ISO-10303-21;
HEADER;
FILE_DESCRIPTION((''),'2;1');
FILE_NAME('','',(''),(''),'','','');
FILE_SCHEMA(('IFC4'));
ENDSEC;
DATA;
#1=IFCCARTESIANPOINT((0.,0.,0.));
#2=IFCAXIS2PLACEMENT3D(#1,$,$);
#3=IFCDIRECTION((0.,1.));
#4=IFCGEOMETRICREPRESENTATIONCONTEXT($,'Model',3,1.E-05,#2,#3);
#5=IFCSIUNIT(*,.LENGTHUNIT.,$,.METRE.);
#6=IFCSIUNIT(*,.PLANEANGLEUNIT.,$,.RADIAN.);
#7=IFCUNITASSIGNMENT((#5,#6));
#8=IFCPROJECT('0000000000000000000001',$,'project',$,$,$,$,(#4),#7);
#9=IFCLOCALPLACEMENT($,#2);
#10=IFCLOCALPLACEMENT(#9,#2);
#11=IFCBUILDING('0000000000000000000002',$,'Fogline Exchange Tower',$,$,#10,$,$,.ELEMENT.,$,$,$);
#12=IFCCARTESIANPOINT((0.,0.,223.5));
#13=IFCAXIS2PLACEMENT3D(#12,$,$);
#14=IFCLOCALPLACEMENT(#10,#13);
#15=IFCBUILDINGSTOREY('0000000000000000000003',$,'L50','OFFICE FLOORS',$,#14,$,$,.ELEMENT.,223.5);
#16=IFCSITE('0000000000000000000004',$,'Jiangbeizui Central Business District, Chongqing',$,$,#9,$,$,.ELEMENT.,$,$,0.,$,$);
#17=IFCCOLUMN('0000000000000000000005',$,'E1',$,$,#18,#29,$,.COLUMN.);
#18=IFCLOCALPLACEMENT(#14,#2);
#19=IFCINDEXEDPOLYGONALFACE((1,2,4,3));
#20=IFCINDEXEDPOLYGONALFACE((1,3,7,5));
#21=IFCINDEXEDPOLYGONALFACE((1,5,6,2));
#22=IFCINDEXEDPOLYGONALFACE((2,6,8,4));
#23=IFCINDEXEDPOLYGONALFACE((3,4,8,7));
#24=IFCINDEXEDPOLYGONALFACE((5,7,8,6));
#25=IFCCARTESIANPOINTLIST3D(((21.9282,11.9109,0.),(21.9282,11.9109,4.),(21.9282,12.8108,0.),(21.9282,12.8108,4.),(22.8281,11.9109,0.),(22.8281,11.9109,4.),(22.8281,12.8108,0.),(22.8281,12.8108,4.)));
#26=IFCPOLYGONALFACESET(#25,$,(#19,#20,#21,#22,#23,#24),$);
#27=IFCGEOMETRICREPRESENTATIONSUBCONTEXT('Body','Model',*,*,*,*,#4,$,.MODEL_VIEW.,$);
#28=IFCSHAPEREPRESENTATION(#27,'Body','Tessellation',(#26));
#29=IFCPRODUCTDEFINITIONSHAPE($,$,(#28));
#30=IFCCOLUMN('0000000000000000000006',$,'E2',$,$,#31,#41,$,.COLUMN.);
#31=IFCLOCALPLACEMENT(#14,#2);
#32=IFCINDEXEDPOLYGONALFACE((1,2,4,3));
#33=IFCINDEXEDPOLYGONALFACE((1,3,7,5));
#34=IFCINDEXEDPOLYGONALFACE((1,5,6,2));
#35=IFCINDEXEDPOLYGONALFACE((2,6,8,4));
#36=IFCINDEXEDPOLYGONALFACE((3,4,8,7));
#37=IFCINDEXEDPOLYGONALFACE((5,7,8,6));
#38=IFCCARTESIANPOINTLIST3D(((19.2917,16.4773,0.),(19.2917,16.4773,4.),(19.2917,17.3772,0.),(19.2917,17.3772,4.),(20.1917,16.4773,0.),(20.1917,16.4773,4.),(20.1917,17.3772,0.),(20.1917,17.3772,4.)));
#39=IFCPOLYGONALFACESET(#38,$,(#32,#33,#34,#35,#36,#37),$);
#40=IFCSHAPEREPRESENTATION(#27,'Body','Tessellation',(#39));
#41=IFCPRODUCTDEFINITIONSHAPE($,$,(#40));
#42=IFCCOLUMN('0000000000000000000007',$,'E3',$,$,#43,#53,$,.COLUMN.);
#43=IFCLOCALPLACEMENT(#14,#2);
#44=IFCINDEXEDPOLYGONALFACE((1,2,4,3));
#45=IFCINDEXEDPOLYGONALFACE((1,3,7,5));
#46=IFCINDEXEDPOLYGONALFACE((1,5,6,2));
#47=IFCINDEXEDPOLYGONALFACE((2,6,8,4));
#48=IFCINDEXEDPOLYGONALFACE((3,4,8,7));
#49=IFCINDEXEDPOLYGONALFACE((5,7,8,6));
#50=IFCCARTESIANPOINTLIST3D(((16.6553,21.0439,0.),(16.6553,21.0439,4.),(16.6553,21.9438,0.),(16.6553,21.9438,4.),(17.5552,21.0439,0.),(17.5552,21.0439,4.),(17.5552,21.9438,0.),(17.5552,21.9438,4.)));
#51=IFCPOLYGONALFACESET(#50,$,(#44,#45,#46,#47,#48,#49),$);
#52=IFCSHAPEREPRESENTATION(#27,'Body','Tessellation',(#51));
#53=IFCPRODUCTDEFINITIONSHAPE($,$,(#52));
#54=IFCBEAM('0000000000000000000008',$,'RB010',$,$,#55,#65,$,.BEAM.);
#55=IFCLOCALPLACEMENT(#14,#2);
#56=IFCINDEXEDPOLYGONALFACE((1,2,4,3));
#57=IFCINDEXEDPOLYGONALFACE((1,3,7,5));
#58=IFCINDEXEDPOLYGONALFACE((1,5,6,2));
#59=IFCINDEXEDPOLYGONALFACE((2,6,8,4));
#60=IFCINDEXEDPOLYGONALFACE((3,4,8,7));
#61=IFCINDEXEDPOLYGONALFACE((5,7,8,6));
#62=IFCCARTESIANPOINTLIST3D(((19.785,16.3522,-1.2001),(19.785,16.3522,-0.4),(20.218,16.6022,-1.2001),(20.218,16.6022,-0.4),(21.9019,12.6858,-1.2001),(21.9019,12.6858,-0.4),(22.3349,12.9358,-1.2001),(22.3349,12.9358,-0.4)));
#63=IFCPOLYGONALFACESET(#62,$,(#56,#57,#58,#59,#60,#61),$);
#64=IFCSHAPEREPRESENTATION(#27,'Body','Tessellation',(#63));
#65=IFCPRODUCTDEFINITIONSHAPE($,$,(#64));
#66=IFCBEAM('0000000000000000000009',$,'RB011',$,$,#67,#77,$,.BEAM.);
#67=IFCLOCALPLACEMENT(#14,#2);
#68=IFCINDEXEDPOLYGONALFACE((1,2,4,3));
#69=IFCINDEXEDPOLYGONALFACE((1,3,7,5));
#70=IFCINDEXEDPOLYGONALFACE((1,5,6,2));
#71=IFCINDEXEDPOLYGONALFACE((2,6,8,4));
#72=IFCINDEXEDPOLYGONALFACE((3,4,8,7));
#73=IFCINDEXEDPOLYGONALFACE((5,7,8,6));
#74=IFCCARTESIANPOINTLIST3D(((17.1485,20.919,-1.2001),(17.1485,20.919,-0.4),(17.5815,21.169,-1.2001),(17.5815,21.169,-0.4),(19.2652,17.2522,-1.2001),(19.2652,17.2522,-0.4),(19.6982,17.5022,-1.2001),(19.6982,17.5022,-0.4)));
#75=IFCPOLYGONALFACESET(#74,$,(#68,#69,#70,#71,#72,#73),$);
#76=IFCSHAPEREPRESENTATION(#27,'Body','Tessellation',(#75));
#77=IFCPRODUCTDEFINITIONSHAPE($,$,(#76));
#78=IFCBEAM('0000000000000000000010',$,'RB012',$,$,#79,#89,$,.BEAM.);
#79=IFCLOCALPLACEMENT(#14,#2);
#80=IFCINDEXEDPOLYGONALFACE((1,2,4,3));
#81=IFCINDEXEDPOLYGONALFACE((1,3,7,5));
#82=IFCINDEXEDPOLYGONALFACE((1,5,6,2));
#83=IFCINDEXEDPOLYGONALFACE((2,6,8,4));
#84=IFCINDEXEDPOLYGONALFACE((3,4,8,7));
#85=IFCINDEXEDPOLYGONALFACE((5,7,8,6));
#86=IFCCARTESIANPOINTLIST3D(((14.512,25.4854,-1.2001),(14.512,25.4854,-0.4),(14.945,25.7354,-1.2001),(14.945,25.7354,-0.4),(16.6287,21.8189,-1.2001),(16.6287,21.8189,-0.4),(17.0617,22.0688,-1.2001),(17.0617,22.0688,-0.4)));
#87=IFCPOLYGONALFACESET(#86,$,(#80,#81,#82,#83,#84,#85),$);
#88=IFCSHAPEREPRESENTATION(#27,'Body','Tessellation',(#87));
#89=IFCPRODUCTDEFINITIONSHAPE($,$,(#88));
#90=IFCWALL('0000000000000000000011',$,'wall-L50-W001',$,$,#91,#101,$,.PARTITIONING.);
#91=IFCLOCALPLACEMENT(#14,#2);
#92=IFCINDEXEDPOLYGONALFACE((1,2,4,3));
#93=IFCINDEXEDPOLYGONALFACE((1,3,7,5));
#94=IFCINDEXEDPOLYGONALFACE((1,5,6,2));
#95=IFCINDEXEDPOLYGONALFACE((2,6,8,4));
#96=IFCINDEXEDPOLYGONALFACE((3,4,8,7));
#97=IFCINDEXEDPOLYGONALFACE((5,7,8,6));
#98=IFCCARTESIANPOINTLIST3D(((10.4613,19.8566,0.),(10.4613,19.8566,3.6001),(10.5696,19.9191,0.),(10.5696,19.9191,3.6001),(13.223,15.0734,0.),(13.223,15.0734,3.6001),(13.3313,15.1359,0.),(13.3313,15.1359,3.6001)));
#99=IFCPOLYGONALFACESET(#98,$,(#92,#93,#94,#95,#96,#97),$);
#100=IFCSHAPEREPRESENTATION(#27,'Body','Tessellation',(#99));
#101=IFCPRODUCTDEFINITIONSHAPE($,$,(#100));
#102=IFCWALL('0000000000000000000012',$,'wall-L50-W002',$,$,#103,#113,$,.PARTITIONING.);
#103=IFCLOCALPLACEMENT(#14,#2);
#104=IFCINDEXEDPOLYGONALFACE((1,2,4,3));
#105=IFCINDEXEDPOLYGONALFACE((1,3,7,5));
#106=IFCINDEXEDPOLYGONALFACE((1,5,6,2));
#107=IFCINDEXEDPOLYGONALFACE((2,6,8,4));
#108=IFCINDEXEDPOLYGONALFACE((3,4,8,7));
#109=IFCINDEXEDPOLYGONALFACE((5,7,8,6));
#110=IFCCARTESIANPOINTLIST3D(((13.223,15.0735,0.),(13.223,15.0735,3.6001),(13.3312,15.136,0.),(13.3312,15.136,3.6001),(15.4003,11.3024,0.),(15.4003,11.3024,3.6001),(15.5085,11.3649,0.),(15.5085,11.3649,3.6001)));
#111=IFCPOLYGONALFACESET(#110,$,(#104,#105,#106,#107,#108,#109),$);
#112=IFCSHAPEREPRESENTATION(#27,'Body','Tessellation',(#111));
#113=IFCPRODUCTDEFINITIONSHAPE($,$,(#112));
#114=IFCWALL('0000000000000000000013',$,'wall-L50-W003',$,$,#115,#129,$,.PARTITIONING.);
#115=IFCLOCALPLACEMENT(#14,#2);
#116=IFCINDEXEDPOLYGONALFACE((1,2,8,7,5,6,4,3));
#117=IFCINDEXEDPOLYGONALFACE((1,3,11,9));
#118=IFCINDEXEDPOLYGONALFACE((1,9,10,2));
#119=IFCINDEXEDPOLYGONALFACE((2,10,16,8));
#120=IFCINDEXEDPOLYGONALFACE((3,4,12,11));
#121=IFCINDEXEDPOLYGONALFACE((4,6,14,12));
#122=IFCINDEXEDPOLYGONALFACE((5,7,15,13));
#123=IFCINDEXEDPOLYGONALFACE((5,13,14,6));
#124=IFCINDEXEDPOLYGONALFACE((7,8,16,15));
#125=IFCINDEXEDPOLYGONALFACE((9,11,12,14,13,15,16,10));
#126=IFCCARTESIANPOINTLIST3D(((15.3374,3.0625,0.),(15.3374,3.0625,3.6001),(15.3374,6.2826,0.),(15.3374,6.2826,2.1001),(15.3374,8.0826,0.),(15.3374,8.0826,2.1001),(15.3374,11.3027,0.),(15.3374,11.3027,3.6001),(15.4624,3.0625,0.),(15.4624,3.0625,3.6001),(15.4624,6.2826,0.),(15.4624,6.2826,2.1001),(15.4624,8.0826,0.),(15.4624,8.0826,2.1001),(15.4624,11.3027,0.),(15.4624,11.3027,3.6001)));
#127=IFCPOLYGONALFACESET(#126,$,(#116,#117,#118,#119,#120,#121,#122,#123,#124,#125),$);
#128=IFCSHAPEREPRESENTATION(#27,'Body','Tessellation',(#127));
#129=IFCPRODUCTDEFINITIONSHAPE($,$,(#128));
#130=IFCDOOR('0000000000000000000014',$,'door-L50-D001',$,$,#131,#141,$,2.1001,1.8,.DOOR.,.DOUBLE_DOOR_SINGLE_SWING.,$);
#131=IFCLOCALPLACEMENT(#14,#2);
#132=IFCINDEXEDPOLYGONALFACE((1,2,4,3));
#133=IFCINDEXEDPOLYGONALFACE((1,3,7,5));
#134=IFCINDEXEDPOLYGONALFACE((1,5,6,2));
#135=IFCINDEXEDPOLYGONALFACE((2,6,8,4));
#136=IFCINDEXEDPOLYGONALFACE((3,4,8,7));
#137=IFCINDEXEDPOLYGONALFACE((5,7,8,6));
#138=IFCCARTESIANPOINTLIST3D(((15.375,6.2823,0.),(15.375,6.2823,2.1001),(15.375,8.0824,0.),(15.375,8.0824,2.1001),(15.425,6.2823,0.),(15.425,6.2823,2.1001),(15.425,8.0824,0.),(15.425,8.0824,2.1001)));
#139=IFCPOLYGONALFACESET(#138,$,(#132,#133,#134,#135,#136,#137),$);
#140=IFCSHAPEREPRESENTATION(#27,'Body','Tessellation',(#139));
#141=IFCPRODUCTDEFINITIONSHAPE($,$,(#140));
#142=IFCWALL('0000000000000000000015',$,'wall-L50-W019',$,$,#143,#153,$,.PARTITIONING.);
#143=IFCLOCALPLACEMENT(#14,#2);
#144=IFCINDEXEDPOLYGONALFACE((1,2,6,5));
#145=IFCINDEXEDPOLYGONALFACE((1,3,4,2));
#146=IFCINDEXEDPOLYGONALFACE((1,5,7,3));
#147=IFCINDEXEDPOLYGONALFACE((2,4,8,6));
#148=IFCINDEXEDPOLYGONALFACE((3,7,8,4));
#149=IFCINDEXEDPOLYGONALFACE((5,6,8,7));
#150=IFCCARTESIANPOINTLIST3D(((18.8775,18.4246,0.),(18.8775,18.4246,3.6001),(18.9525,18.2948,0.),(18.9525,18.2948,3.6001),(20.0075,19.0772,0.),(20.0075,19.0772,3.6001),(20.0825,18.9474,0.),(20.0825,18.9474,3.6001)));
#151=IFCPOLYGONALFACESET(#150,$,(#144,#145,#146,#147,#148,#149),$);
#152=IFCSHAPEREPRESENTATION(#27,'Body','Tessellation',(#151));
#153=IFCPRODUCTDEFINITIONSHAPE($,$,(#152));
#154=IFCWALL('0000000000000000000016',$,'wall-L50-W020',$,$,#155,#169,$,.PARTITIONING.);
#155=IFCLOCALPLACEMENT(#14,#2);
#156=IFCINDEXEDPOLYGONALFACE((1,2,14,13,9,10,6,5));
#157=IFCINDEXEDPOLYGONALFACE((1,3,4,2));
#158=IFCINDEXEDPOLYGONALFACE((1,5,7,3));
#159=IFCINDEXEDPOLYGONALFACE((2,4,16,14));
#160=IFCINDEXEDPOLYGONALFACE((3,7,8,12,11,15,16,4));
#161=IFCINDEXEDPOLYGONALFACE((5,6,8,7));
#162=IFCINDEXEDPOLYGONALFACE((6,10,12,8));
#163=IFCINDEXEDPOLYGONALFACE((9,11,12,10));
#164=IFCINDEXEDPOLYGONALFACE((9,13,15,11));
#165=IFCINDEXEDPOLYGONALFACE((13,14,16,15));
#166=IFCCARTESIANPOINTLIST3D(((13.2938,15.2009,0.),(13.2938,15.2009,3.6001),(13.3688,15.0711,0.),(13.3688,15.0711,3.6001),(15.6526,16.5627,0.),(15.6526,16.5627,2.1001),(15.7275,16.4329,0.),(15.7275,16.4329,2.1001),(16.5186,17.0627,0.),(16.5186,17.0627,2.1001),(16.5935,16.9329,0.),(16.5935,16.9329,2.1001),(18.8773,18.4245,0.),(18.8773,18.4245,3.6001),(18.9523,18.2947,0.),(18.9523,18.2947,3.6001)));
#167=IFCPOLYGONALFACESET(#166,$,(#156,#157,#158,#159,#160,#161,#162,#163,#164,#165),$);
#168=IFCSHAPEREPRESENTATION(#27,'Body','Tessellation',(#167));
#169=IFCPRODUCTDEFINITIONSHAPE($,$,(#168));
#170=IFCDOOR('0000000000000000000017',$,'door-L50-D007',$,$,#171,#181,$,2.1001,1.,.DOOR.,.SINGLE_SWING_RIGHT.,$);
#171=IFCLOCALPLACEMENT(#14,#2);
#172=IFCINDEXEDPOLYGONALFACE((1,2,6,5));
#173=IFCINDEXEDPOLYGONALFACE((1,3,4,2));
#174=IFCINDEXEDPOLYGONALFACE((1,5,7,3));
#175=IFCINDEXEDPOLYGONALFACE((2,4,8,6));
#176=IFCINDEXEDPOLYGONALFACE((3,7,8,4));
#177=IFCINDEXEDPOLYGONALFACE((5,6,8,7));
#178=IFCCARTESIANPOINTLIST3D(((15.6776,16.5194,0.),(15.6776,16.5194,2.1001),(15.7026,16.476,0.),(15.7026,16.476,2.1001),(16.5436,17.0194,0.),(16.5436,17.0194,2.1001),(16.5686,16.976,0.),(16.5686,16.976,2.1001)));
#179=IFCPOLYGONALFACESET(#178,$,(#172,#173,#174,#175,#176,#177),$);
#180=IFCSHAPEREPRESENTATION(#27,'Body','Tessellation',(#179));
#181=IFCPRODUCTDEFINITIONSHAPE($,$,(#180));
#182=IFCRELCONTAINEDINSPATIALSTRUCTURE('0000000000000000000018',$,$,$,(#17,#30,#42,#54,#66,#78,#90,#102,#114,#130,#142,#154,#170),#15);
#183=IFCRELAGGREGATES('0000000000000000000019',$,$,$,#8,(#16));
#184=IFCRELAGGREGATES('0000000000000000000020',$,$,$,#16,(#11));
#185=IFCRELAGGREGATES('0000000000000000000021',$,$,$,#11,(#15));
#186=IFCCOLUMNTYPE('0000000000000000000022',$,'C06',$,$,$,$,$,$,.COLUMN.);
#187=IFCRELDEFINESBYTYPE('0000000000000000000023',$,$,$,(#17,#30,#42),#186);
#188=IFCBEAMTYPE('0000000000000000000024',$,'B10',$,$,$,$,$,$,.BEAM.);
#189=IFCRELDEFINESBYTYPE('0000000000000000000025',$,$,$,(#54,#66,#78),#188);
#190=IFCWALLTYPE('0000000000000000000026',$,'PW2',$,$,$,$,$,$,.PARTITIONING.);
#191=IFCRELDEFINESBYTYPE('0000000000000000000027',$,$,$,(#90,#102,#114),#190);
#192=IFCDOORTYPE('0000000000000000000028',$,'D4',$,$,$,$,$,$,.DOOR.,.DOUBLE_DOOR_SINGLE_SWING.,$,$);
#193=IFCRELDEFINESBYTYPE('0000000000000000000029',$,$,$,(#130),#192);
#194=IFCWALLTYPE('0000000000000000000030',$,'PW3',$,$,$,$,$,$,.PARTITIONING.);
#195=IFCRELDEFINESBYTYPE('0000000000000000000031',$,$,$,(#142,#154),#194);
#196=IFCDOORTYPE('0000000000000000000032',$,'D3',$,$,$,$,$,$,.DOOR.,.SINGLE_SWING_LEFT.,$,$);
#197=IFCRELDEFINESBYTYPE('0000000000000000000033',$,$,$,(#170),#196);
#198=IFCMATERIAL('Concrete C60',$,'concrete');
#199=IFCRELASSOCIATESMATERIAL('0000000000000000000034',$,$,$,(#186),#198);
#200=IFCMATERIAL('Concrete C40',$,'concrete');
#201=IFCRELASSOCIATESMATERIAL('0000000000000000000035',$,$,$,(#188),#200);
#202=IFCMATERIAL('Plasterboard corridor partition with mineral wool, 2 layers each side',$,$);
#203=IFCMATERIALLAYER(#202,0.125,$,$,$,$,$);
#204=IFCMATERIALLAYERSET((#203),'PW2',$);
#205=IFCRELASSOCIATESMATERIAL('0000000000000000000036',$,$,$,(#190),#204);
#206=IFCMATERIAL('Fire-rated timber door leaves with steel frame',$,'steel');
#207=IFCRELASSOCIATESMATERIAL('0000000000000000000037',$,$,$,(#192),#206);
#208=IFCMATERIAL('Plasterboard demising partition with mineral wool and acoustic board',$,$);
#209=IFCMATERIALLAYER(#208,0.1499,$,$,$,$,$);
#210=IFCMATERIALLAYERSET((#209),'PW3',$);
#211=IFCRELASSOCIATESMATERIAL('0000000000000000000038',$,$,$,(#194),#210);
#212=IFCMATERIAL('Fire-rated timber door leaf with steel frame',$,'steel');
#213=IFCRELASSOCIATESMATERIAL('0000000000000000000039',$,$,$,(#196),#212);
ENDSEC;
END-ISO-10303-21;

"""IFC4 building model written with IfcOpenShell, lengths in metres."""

from ifc_helpers import new_model, si_unit, direction, frame, frame_2d, origin, origin_2d, place, context, subcontext, project, spatial, rectangle, extrude, material, layer, layer_set, material_profile, profile_set, type_object, element, fill, save


model = new_model("IFC4")

# Units and contexts
model_context = context("Model", 3, precision=1e-05, world=origin(), true_north=direction((0.0, 1.0)))
body_context = subcontext(model_context, "Body", "Model", "MODEL_VIEW")
ifc_project = project(units=[si_unit("LENGTHUNIT", "METRE"), si_unit("PLANEANGLEUNIT", "RADIAN")], contexts=[model_context])

# Site, building, storey
site_placement = place(None, origin())
site = spatial("IfcSite", under=ifc_project, at=site_placement, Name="Jiangbeizui Central Business District, Chongqing", CompositionType="ELEMENT", RefElevation=0.0)
building_placement = place(site_placement, origin())
building = spatial("IfcBuilding", under=site, at=building_placement, Name="Fogline Exchange Tower", CompositionType="ELEMENT")
storey_placement = place(building_placement, frame((0.0, 0.0, 223.5)))
storey = spatial("IfcBuildingStorey", under=building, at=storey_placement, Name="L50", Description="OFFICE FLOORS", CompositionType="ELEMENT", Elevation=223.5)

# Columns
ifc_material_1 = material(Name="Concrete C60", Category="concrete")
ifc_material_profile_1 = material_profile(ifc_material_1, rectangle(XDim=0.8999, YDim=0.8999, at=origin_2d()), Name="RC 900x900")
ifc_profile_set_1 = profile_set([ifc_material_profile_1], Name="Concrete C60")
column_type = type_object("IfcColumnType", Name="C06", PredefinedType="COLUMN", material=ifc_profile_set_1)
for number, where, z_axis, x_axis, name in (
    (1, (22.3782, 12.3608, 0.0), (0.0, 0.0, 1.0), (1.0, 0.0, 0.0), "E1"),
    (2, (19.7417, 16.9272, 0.0), (0.0, 0.0, 1.0), (1.0, 0.0, 0.0), "E2"),
    (3, (17.1052, 21.4939, 0.0), (0.0, 0.0, 1.0), (1.0, 0.0, 0.0), "E3"),
):
    element("IfcColumn", number, at=place(storey_placement, frame(where, z_axis=z_axis, x_axis=x_axis)), inside=storey, type_object=column_type, Name=name, PredefinedType="COLUMN", context=body_context, shape_type="SweptSolid", body=[
        extrude(rectangle(XDim=0.8999, YDim=0.8999, at=origin_2d()), origin(), (0.0, 0.0, 1.0), 4.0),
    ])

# Beams
ifc_material_2 = material(Name="Concrete C40", Category="concrete")
ifc_material_profile_2 = material_profile(ifc_material_2, rectangle(XDim=0.5, YDim=0.8, at=origin_2d()), Name="RC 500x800")
ifc_profile_set_2 = profile_set([ifc_material_profile_2], Name="Concrete C40")
beam_type = type_object("IfcBeamType", Name="B10", PredefinedType="BEAM", material=ifc_profile_set_2)
beam_1_placement = place(storey_placement, frame((22.1184, 12.8108, -0.8), z_axis=(-0.500015, 0.866017, 0.0), x_axis=(-0.866017, -0.500015, 0.0)))
element("IfcBeam", 4, at=beam_1_placement, inside=storey, type_object=beam_type, Name="RB010", PredefinedType="BEAM", context=body_context, shape_type="SweptSolid", body=[
    extrude(rectangle(XDim=0.5, YDim=0.8, at=origin_2d()), origin(), (0.0, 0.0, 1.0), 4.2336),
])
beam_2_placement = place(storey_placement, frame((19.4817, 17.3772, -0.8), z_axis=(-0.499947, 0.866056, 0.0), x_axis=(-0.866056, -0.499947, 0.0)))
element("IfcBeam", 5, at=beam_2_placement, inside=storey, type_object=beam_type, Name="RB011", PredefinedType="BEAM", context=body_context, shape_type="SweptSolid", body=[
    extrude(rectangle(XDim=0.5, YDim=0.8, at=origin_2d()), origin(), (0.0, 0.0, 1.0), 4.2339),
])
beam_3_placement = place(storey_placement, frame((16.8452, 21.9438, -0.8), z_axis=(-0.499972, 0.866042, 0.0), x_axis=(-0.866042, -0.499972, 0.0)))
element("IfcBeam", 6, at=beam_3_placement, inside=storey, type_object=beam_type, Name="RB012", PredefinedType="BEAM", context=body_context, shape_type="SweptSolid", body=[
    extrude(rectangle(XDim=0.5, YDim=0.8, at=origin_2d()), origin(), (0.0, 0.0, 1.0), 4.2336),
])

# Walls
ifc_material_3 = material(Name="Plasterboard corridor partition with mineral wool, 2 layers each side")
ifc_layer_1 = layer(ifc_material_3, 0.125)
ifc_layer_set_1 = layer_set([ifc_layer_1], Name="PW2")
wall_type_1 = type_object("IfcWallType", Name="PW2", PredefinedType="PARTITIONING", material=ifc_layer_set_1)
wall_1_placement = place(storey_placement, frame((10.5154, 19.8879, 0.0), z_axis=(0.0, 0.0, 1.0), x_axis=(0.500018, -0.866015, 0.0)))
element("IfcWall", 7, at=wall_1_placement, inside=storey, type_object=wall_type_1, Name="wall-L50-W001", PredefinedType="PARTITIONING", context=body_context, shape_type="SweptSolid", body=[
    extrude(rectangle(XDim=5.5232, YDim=0.125, at=frame_2d((2.7617, 0.0))), origin(), (0.0, 0.0, 1.0), 3.6001),
])
wall_2_placement = place(storey_placement, frame((13.2771, 15.1047, 0.0), z_axis=(0.0, 0.0, 1.0), x_axis=(0.50001, -0.866019, 0.0)))
element("IfcWall", 8, at=wall_2_placement, inside=storey, type_object=wall_type_1, Name="wall-L50-W002", PredefinedType="PARTITIONING", context=body_context, shape_type="SweptSolid", body=[
    extrude(rectangle(XDim=4.3545, YDim=0.125, at=frame_2d((2.1772, 0.0))), origin(), (0.0, 0.0, 1.0), 3.6001),
])

# Wall, opening, door
wall_3_placement = place(storey_placement, frame((15.3999, 11.3027, 0.0), z_axis=(0.0, 0.0, 1.0), x_axis=(0.0, -1.0, 0.0)))
wall_3 = element("IfcWall", 9, at=wall_3_placement, inside=storey, type_object=wall_type_1, Name="wall-L50-W003", PredefinedType="PARTITIONING", context=body_context, shape_type="SweptSolid", body=[
    extrude(rectangle(XDim=8.2402, YDim=0.125, at=frame_2d((4.1201, 0.0))), origin(), (0.0, 0.0, 1.0), 3.6001),
])
opening_1_placement = place(wall_3_placement, frame((3.2202, 0.0, 0.0)))
opening_1 = element("IfcOpeningElement", 10, at=opening_1_placement, cuts=wall_3, PredefinedType="OPENING", context=body_context, shape_type="SweptSolid", body=[
    extrude(rectangle(XDim=1.8, YDim=2.1001, at=frame_2d((0.8999, 1.05))), frame((0.0, 0.0725, 0.0), z_axis=(0.0, -1.0, 0.0), x_axis=(1.0, 0.0, 0.0)), (0.0, 0.0, 1.0), 0.145),
])
ifc_material_4 = material(Name="Fire-rated timber door leaves with steel frame", Category="steel")
door_type_1 = type_object("IfcDoorType", Name="D4", OperationType="DOUBLE_DOOR_SINGLE_SWING", PredefinedType="DOOR", material=ifc_material_4)
door_1_placement = place(opening_1_placement, frame((1.8, 0.0, 0.0), z_axis=(0.0, 0.0, 1.0), x_axis=(-1.0, 0.0, 0.0)))
door_1 = element("IfcDoor", 11, at=door_1_placement, inside=storey, type_object=door_type_1, Name="door-L50-D001", OperationType="DOUBLE_DOOR_SINGLE_SWING", OverallHeight=2.1001, OverallWidth=1.8, PredefinedType="DOOR", context=body_context, shape_type="SweptSolid", body=[
    extrude(rectangle(XDim=1.8, YDim=2.1001, at=frame_2d((0.8999, 1.05))), frame((0.0, 0.0249, 0.0), z_axis=(0.0, -1.0, 0.0), x_axis=(1.0, 0.0, 0.0)), (0.0, 0.0, 1.0), 0.05),
])
fill(opening_1, door_1)

# Wall
ifc_material_5 = material(Name="Plasterboard demising partition with mineral wool and acoustic board")
ifc_layer_2 = layer(ifc_material_5, 0.1499)
ifc_layer_set_2 = layer_set([ifc_layer_2], Name="PW3")
wall_type_2 = type_object("IfcWallType", Name="PW3", PredefinedType="PARTITIONING", material=ifc_layer_set_2)
wall_4_placement = place(storey_placement, frame((20.0449, 19.0122, 0.0), z_axis=(0.0, 0.0, 1.0), x_axis=(-0.865989, -0.500063, 0.0)))
element("IfcWall", 12, at=wall_4_placement, inside=storey, type_object=wall_type_2, Name="wall-L50-W019", PredefinedType="PARTITIONING", context=body_context, shape_type="SweptSolid", body=[
    extrude(rectangle(XDim=1.3049, YDim=0.1499, at=frame_2d((0.6523, 0.0))), origin(), (0.0, 0.0, 1.0), 3.6001),
])

# Wall, opening, door
wall_5_placement = place(storey_placement, frame((18.9148, 18.3596, 0.0), z_axis=(0.0, 0.0, 1.0), x_axis=(-0.866025, -0.5, 0.0)))
wall_5 = element("IfcWall", 13, at=wall_5_placement, inside=storey, type_object=wall_type_2, Name="wall-L50-W020", PredefinedType="PARTITIONING", context=body_context, shape_type="SweptSolid", body=[
    extrude(rectangle(XDim=6.4473, YDim=0.1499, at=frame_2d((3.2236, 0.0))), origin(), (0.0, 0.0, 1.0), 3.6001),
])
opening_2_placement = place(wall_5_placement, frame((2.7236, 0.0, 0.0)))
opening_2 = element("IfcOpeningElement", 14, at=opening_2_placement, cuts=wall_5, PredefinedType="OPENING", context=body_context, shape_type="SweptSolid", body=[
    extrude(rectangle(XDim=1.0, YDim=2.1001, at=frame_2d((0.5, 1.05))), frame((0.0, 0.085, 0.0), z_axis=(0.0, -1.0, 0.0), x_axis=(1.0, 0.0, 0.0)), (0.0, 0.0, 1.0), 0.1699),
])
ifc_material_6 = material(Name="Fire-rated timber door leaf with steel frame", Category="steel")
door_type_2 = type_object("IfcDoorType", Name="D3", OperationType="SINGLE_SWING_LEFT", PredefinedType="DOOR", material=ifc_material_6)
door_2_placement = place(opening_2_placement, frame((1.0, 0.0, 0.0), z_axis=(0.0, 0.0, 1.0), x_axis=(-1.0, 0.0, 0.0)))
door_2 = element("IfcDoor", 15, at=door_2_placement, inside=storey, type_object=door_type_2, Name="door-L50-D007", OperationType="SINGLE_SWING_RIGHT", OverallHeight=2.1001, OverallWidth=1.0, PredefinedType="DOOR", context=body_context, shape_type="SweptSolid", body=[
    extrude(rectangle(XDim=1.0, YDim=2.1001, at=frame_2d((0.5, 1.05))), frame((0.0, 0.0249, 0.0), z_axis=(0.0, -1.0, 0.0), x_axis=(1.0, 0.0, 0.0)), (0.0, 0.0, 1.0), 0.05),
])
fill(opening_2, door_2)

save(model, "model.ifc")
